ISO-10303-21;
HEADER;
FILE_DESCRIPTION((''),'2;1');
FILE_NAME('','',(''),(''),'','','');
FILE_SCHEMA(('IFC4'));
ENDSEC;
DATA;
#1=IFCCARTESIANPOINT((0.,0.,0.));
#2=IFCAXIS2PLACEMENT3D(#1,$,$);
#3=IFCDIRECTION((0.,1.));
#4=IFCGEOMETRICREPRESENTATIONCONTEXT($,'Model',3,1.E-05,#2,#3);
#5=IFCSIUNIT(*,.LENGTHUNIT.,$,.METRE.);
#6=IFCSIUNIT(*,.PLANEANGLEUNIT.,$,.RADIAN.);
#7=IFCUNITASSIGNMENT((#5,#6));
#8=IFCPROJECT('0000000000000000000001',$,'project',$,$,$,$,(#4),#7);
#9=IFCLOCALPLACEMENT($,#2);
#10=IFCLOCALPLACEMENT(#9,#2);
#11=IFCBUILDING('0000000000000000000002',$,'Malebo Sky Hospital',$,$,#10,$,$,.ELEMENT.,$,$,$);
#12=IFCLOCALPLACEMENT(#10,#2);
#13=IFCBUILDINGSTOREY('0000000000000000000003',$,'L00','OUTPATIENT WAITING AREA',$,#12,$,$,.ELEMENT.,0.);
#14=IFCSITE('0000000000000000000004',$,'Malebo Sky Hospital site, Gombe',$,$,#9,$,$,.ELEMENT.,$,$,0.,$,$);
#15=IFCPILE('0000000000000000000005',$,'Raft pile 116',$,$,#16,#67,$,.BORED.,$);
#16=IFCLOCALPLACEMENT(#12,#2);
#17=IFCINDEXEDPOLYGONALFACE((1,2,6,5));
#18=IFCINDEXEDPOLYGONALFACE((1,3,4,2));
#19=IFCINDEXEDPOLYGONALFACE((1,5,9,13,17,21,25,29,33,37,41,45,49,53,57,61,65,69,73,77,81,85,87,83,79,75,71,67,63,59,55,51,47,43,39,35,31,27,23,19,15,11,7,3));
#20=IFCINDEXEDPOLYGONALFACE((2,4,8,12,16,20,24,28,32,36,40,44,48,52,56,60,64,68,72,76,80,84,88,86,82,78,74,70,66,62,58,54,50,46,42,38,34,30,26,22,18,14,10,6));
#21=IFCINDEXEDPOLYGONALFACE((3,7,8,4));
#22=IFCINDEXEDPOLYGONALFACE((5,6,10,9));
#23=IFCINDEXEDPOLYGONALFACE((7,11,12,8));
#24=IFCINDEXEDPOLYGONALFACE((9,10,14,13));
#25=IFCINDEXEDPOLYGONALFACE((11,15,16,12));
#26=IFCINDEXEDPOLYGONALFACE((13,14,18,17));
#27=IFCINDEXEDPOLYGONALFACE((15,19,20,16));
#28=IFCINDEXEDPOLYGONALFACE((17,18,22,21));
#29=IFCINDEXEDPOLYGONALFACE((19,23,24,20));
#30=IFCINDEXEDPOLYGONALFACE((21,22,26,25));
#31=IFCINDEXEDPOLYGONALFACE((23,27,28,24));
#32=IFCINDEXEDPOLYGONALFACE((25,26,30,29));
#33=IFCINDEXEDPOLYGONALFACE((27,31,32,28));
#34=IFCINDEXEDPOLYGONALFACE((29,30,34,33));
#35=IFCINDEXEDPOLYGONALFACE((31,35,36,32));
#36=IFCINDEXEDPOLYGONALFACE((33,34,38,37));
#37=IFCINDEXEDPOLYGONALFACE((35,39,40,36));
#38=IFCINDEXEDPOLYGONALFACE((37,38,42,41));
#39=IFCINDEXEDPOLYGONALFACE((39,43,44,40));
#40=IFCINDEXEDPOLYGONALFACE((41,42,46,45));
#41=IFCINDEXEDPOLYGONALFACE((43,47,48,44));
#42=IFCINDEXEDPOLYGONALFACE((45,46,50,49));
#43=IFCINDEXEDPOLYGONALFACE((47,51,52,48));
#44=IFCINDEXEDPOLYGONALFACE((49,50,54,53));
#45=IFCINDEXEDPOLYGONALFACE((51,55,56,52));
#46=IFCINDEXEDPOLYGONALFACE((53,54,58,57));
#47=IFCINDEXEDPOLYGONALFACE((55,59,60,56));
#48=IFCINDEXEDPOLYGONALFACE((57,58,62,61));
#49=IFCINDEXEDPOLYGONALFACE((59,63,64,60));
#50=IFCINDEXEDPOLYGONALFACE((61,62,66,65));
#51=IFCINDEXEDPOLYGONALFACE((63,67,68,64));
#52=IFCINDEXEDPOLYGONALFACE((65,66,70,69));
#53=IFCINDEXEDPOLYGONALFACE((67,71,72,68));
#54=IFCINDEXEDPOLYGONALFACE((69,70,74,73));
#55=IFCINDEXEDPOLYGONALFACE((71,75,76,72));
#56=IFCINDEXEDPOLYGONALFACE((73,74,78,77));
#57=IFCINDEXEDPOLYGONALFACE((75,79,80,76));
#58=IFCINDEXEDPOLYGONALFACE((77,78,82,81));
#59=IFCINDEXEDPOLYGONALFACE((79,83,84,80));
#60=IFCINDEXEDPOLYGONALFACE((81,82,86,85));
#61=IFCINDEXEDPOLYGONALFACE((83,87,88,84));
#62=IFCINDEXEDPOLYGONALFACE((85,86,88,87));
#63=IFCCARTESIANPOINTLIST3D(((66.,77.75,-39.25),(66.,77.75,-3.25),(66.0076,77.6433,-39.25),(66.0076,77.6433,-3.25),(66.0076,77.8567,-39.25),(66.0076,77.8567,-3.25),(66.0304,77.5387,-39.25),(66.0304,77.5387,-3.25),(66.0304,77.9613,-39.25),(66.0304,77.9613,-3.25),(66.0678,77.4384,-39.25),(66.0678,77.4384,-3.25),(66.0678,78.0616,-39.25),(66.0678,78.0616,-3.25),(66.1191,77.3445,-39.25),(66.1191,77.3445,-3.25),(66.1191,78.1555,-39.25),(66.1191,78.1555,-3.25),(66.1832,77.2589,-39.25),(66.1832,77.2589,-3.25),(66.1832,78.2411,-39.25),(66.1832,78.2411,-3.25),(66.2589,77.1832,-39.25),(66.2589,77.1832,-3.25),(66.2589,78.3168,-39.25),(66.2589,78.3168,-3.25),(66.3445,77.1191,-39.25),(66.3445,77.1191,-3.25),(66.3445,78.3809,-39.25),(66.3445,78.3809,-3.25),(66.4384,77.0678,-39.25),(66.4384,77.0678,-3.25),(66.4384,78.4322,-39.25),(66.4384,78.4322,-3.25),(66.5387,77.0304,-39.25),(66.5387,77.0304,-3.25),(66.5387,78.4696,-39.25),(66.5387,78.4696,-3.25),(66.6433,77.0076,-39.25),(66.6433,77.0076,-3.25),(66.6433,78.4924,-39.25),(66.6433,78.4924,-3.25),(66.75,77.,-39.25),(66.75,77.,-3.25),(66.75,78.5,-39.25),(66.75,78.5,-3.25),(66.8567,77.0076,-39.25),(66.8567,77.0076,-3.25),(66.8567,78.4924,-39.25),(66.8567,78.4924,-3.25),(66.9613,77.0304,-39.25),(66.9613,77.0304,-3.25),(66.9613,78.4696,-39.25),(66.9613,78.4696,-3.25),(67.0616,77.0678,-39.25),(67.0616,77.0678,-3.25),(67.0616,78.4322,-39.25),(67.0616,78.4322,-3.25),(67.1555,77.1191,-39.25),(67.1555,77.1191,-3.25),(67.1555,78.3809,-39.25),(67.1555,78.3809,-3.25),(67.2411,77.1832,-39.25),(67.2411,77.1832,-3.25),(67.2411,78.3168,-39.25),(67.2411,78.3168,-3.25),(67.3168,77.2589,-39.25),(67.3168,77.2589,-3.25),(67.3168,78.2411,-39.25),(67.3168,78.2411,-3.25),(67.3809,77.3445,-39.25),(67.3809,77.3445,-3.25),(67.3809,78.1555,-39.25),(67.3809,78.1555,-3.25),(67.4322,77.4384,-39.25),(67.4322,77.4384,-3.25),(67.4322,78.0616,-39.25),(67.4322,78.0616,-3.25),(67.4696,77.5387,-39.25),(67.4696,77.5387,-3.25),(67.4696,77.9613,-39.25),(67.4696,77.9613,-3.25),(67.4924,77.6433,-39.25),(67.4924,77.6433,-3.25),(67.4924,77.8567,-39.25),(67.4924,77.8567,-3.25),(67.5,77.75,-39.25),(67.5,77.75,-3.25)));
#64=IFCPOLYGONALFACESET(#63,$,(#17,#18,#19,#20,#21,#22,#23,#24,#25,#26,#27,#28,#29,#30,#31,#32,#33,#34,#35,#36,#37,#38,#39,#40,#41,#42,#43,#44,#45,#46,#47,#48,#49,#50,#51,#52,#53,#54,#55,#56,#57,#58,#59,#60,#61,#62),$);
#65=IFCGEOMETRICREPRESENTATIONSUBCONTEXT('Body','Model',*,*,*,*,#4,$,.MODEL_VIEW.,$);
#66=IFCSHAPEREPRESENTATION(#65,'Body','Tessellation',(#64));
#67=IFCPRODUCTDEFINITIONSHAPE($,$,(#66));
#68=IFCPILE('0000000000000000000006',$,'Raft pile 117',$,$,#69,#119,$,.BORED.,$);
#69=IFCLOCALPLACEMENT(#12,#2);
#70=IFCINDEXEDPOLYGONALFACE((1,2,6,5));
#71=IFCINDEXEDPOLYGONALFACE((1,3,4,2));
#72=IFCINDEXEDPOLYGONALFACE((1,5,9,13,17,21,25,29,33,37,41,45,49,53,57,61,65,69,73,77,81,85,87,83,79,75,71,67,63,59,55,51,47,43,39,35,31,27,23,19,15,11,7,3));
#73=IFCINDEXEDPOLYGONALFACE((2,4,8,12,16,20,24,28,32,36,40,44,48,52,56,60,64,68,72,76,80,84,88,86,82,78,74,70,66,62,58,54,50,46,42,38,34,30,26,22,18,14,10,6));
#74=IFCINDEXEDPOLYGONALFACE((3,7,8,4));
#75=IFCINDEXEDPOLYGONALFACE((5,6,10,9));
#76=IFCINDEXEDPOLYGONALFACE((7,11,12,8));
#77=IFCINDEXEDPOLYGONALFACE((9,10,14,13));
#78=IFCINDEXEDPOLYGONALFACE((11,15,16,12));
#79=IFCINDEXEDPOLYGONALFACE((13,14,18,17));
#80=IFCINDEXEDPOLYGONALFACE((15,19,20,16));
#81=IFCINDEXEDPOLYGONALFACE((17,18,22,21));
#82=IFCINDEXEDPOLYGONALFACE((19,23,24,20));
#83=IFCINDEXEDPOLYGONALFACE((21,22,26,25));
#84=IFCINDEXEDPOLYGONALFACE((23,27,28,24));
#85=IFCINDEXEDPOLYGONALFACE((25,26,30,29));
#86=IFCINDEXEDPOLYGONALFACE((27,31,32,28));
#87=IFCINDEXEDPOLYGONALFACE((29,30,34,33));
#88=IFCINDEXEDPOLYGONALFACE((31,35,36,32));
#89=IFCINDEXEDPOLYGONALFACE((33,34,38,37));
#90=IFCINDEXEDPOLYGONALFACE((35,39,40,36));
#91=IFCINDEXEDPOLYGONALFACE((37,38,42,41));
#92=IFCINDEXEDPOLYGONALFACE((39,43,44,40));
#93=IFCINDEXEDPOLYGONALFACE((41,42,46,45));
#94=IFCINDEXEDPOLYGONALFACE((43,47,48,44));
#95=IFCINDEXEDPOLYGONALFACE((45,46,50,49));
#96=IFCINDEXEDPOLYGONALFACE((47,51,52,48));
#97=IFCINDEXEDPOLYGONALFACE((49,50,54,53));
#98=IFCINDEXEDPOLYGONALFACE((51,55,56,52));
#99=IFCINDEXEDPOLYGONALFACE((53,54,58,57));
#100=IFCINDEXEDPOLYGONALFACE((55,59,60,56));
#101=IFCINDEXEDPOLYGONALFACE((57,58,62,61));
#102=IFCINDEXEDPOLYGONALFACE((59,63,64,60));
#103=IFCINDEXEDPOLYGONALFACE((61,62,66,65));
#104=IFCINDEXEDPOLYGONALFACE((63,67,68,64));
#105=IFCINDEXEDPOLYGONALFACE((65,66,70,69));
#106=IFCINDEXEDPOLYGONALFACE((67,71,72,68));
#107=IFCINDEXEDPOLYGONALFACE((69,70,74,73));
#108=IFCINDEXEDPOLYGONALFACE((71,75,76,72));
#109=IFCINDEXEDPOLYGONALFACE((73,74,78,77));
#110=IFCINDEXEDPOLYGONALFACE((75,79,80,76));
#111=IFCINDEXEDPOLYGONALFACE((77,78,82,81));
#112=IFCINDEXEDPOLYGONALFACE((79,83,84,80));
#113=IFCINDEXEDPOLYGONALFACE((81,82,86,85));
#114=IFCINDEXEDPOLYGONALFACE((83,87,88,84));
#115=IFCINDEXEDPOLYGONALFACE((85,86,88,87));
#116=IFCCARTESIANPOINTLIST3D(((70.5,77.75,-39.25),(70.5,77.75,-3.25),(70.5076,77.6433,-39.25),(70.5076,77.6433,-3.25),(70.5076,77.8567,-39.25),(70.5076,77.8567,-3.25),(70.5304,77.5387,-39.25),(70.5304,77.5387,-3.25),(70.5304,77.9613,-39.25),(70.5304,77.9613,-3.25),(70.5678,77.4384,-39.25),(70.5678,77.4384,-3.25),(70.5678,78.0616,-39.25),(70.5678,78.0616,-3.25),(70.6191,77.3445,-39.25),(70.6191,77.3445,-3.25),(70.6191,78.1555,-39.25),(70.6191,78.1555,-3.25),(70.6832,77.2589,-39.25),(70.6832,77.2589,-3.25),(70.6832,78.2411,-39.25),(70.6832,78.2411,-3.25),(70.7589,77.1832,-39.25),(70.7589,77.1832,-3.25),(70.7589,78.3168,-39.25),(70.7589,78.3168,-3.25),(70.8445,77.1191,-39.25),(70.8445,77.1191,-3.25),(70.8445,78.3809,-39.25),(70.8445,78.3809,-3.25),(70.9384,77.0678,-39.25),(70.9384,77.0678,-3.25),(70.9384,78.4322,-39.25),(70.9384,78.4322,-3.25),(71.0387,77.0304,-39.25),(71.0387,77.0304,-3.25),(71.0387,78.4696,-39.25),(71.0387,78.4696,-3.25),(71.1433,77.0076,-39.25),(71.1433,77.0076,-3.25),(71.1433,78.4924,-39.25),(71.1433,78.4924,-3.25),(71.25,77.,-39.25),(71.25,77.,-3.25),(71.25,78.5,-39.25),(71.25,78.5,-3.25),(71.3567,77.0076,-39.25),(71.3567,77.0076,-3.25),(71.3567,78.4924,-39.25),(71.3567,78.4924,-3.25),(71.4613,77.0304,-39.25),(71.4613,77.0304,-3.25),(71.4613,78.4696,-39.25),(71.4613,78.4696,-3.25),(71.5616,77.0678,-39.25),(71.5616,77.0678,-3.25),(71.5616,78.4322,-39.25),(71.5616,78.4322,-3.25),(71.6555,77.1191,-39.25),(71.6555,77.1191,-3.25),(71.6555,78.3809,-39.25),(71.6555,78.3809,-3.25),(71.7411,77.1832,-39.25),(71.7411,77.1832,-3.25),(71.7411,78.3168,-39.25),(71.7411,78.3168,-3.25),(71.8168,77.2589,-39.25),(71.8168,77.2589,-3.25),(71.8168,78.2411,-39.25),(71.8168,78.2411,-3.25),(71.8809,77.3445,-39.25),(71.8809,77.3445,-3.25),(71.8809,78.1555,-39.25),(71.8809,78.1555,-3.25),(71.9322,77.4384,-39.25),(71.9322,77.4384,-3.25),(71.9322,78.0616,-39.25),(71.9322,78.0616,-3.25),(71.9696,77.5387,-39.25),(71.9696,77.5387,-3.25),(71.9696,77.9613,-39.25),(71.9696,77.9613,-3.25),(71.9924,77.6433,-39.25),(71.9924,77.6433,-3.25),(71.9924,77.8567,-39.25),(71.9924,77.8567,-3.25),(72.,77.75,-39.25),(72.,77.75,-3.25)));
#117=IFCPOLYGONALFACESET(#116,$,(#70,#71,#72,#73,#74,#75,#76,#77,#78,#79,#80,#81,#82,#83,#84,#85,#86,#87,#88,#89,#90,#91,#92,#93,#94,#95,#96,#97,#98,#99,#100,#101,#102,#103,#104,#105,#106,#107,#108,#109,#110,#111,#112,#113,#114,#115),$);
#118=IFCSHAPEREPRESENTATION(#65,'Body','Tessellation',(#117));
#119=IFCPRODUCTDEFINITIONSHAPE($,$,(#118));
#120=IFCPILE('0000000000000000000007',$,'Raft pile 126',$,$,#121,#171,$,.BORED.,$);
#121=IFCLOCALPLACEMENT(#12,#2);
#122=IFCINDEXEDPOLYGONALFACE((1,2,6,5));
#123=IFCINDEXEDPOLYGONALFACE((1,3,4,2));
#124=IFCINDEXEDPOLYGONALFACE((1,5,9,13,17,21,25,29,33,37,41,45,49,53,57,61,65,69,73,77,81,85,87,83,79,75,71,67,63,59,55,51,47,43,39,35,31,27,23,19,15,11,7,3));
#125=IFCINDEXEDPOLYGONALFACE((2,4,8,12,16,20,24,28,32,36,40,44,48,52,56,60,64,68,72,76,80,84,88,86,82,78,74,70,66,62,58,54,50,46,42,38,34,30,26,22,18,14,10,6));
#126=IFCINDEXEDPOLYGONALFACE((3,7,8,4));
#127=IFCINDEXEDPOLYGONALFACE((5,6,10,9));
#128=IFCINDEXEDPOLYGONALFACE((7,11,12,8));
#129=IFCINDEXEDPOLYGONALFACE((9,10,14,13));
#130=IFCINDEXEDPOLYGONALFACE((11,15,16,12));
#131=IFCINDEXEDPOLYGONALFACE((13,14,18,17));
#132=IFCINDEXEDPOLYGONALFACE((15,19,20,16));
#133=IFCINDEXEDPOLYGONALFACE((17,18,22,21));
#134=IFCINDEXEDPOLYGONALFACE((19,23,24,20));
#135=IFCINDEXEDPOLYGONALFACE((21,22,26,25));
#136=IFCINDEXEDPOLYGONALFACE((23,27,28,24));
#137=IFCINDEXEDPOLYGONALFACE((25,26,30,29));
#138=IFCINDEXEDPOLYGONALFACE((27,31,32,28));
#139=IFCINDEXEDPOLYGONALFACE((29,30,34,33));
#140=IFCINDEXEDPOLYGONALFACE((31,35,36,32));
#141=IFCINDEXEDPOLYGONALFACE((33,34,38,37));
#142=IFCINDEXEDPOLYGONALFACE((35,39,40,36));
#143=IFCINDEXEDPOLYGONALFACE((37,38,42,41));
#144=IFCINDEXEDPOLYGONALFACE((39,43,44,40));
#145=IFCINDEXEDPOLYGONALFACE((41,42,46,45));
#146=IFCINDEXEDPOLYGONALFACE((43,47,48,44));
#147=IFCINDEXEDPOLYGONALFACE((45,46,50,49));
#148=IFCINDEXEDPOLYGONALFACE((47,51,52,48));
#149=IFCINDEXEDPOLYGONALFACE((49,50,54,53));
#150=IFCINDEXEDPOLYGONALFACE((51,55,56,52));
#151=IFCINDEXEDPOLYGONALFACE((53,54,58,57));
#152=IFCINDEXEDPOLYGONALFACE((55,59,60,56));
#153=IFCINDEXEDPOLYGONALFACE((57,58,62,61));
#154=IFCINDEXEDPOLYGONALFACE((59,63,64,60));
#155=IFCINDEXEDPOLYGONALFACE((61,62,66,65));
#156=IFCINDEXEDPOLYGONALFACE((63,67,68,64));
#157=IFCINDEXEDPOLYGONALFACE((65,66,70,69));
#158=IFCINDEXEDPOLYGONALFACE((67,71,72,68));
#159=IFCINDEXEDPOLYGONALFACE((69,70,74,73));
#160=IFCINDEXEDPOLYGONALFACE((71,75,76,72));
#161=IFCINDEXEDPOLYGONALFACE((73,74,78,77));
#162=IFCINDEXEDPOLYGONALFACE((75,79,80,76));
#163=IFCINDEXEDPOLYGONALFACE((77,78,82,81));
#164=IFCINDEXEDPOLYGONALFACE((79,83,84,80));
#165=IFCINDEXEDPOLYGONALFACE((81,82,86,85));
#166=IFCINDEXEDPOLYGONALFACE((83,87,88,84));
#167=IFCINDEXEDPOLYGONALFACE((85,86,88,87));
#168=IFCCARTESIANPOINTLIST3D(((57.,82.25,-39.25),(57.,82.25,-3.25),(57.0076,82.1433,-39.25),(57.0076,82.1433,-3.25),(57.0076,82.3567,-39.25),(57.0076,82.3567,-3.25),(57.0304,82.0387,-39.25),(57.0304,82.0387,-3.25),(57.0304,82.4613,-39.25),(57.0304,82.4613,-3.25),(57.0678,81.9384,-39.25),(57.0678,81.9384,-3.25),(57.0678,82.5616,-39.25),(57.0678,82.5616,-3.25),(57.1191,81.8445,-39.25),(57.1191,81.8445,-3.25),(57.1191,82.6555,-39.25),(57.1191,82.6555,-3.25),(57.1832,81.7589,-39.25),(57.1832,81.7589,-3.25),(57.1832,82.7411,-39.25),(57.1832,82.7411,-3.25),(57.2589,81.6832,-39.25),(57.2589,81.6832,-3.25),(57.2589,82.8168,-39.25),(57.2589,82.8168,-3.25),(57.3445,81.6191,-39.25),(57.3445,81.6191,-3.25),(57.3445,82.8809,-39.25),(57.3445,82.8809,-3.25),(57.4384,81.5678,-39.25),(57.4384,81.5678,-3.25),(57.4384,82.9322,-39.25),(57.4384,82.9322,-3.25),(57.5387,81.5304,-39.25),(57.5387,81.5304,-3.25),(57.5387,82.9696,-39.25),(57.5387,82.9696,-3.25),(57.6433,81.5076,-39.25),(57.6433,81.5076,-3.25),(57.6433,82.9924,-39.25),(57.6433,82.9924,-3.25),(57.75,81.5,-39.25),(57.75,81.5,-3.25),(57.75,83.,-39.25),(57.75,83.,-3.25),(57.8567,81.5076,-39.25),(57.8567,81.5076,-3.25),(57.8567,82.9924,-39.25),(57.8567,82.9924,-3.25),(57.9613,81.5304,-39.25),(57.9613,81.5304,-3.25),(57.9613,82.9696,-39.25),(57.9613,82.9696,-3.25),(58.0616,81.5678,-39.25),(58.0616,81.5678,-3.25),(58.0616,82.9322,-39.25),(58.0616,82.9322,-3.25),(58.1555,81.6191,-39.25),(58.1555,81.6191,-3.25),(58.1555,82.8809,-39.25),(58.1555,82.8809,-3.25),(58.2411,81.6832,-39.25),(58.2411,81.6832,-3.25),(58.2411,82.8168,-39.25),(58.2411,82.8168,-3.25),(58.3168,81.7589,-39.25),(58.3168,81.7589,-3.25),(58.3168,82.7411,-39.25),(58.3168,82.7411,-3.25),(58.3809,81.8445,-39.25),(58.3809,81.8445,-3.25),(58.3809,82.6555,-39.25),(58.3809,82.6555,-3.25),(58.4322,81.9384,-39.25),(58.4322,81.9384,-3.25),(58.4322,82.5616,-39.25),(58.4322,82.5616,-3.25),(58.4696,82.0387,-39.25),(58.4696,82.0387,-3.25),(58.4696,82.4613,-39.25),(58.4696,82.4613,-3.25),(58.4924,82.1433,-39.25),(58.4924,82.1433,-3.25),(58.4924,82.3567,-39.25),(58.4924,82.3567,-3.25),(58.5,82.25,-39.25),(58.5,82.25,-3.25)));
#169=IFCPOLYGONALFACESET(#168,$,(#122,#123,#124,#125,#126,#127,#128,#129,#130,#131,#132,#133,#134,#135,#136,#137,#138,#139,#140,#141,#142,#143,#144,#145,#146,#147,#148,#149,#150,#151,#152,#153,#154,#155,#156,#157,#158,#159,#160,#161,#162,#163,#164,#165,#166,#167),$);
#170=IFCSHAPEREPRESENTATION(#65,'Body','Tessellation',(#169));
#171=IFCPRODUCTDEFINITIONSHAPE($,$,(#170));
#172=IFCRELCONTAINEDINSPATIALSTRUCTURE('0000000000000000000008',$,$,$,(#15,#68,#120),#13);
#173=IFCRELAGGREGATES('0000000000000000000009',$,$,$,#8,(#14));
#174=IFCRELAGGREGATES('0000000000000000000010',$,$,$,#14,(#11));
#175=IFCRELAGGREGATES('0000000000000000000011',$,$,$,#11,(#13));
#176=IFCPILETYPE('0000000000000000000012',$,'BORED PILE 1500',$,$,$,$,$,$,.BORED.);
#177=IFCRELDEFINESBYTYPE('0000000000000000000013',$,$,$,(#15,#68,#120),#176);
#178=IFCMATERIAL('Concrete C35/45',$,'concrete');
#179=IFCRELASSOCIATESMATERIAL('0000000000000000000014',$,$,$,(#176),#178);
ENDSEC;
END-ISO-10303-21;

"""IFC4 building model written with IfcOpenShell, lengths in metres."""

from ifc_helpers import new_model, si_unit, direction, frame, origin, origin_2d, place, context, subcontext, project, spatial, circle, extrude, material, material_profile, profile_set, type_object, element, save


model = new_model("IFC4")

# Units and contexts
model_context = context("Model", 3, precision=1e-05, world=origin(), true_north=direction((0.0, 1.0)))
body_context = subcontext(model_context, "Body", "Model", "MODEL_VIEW")
ifc_project = project(units=[si_unit("LENGTHUNIT", "METRE"), si_unit("PLANEANGLEUNIT", "RADIAN")], contexts=[model_context])

# Site, building, storey
site_placement = place(None, origin())
site = spatial("IfcSite", under=ifc_project, at=site_placement, Name="Malebo Sky Hospital site, Gombe", CompositionType="ELEMENT", RefElevation=0.0)
building_placement = place(site_placement, origin())
building = spatial("IfcBuilding", under=site, at=building_placement, Name="Malebo Sky Hospital", CompositionType="ELEMENT")
storey_placement = place(building_placement, origin())
storey = spatial("IfcBuildingStorey", under=building, at=storey_placement, Name="L00", Description="OUTPATIENT WAITING AREA", CompositionType="ELEMENT", Elevation=0.0)

# Piles
ifc_material_1 = material(Name="Concrete C35/45", Category="concrete")
ifc_material_profile_1 = material_profile(ifc_material_1, circle(Radius=0.75, at=origin_2d()), Name="BP 1500")
ifc_profile_set_1 = profile_set([ifc_material_profile_1], Name="Concrete C35/45")
pile_type = type_object("IfcPileType", Name="BORED PILE 1500", PredefinedType="BORED", material=ifc_profile_set_1)
for number, where, z_axis, x_axis, name in (
    (1, (66.75, 77.75, -3.25), (0.0, 0.0, -1.0), (1.0, 0.0, 0.0), "Raft pile 116"),
    (2, (71.25, 77.75, -3.25), (0.0, 0.0, -1.0), (1.0, 0.0, 0.0), "Raft pile 117"),
    (3, (57.75, 82.25, -3.25), (0.0, 0.0, -1.0), (1.0, 0.0, 0.0), "Raft pile 126"),
):
    element("IfcPile", number, at=place(storey_placement, frame(where, z_axis=z_axis, x_axis=x_axis)), inside=storey, type_object=pile_type, Name=name, PredefinedType="BORED", context=body_context, shape_type="SweptSolid", body=[
        extrude(circle(Radius=0.75, at=origin_2d()), origin(), (0.0, 0.0, 1.0), 36.0),
    ])

save(model, "model.ifc")
